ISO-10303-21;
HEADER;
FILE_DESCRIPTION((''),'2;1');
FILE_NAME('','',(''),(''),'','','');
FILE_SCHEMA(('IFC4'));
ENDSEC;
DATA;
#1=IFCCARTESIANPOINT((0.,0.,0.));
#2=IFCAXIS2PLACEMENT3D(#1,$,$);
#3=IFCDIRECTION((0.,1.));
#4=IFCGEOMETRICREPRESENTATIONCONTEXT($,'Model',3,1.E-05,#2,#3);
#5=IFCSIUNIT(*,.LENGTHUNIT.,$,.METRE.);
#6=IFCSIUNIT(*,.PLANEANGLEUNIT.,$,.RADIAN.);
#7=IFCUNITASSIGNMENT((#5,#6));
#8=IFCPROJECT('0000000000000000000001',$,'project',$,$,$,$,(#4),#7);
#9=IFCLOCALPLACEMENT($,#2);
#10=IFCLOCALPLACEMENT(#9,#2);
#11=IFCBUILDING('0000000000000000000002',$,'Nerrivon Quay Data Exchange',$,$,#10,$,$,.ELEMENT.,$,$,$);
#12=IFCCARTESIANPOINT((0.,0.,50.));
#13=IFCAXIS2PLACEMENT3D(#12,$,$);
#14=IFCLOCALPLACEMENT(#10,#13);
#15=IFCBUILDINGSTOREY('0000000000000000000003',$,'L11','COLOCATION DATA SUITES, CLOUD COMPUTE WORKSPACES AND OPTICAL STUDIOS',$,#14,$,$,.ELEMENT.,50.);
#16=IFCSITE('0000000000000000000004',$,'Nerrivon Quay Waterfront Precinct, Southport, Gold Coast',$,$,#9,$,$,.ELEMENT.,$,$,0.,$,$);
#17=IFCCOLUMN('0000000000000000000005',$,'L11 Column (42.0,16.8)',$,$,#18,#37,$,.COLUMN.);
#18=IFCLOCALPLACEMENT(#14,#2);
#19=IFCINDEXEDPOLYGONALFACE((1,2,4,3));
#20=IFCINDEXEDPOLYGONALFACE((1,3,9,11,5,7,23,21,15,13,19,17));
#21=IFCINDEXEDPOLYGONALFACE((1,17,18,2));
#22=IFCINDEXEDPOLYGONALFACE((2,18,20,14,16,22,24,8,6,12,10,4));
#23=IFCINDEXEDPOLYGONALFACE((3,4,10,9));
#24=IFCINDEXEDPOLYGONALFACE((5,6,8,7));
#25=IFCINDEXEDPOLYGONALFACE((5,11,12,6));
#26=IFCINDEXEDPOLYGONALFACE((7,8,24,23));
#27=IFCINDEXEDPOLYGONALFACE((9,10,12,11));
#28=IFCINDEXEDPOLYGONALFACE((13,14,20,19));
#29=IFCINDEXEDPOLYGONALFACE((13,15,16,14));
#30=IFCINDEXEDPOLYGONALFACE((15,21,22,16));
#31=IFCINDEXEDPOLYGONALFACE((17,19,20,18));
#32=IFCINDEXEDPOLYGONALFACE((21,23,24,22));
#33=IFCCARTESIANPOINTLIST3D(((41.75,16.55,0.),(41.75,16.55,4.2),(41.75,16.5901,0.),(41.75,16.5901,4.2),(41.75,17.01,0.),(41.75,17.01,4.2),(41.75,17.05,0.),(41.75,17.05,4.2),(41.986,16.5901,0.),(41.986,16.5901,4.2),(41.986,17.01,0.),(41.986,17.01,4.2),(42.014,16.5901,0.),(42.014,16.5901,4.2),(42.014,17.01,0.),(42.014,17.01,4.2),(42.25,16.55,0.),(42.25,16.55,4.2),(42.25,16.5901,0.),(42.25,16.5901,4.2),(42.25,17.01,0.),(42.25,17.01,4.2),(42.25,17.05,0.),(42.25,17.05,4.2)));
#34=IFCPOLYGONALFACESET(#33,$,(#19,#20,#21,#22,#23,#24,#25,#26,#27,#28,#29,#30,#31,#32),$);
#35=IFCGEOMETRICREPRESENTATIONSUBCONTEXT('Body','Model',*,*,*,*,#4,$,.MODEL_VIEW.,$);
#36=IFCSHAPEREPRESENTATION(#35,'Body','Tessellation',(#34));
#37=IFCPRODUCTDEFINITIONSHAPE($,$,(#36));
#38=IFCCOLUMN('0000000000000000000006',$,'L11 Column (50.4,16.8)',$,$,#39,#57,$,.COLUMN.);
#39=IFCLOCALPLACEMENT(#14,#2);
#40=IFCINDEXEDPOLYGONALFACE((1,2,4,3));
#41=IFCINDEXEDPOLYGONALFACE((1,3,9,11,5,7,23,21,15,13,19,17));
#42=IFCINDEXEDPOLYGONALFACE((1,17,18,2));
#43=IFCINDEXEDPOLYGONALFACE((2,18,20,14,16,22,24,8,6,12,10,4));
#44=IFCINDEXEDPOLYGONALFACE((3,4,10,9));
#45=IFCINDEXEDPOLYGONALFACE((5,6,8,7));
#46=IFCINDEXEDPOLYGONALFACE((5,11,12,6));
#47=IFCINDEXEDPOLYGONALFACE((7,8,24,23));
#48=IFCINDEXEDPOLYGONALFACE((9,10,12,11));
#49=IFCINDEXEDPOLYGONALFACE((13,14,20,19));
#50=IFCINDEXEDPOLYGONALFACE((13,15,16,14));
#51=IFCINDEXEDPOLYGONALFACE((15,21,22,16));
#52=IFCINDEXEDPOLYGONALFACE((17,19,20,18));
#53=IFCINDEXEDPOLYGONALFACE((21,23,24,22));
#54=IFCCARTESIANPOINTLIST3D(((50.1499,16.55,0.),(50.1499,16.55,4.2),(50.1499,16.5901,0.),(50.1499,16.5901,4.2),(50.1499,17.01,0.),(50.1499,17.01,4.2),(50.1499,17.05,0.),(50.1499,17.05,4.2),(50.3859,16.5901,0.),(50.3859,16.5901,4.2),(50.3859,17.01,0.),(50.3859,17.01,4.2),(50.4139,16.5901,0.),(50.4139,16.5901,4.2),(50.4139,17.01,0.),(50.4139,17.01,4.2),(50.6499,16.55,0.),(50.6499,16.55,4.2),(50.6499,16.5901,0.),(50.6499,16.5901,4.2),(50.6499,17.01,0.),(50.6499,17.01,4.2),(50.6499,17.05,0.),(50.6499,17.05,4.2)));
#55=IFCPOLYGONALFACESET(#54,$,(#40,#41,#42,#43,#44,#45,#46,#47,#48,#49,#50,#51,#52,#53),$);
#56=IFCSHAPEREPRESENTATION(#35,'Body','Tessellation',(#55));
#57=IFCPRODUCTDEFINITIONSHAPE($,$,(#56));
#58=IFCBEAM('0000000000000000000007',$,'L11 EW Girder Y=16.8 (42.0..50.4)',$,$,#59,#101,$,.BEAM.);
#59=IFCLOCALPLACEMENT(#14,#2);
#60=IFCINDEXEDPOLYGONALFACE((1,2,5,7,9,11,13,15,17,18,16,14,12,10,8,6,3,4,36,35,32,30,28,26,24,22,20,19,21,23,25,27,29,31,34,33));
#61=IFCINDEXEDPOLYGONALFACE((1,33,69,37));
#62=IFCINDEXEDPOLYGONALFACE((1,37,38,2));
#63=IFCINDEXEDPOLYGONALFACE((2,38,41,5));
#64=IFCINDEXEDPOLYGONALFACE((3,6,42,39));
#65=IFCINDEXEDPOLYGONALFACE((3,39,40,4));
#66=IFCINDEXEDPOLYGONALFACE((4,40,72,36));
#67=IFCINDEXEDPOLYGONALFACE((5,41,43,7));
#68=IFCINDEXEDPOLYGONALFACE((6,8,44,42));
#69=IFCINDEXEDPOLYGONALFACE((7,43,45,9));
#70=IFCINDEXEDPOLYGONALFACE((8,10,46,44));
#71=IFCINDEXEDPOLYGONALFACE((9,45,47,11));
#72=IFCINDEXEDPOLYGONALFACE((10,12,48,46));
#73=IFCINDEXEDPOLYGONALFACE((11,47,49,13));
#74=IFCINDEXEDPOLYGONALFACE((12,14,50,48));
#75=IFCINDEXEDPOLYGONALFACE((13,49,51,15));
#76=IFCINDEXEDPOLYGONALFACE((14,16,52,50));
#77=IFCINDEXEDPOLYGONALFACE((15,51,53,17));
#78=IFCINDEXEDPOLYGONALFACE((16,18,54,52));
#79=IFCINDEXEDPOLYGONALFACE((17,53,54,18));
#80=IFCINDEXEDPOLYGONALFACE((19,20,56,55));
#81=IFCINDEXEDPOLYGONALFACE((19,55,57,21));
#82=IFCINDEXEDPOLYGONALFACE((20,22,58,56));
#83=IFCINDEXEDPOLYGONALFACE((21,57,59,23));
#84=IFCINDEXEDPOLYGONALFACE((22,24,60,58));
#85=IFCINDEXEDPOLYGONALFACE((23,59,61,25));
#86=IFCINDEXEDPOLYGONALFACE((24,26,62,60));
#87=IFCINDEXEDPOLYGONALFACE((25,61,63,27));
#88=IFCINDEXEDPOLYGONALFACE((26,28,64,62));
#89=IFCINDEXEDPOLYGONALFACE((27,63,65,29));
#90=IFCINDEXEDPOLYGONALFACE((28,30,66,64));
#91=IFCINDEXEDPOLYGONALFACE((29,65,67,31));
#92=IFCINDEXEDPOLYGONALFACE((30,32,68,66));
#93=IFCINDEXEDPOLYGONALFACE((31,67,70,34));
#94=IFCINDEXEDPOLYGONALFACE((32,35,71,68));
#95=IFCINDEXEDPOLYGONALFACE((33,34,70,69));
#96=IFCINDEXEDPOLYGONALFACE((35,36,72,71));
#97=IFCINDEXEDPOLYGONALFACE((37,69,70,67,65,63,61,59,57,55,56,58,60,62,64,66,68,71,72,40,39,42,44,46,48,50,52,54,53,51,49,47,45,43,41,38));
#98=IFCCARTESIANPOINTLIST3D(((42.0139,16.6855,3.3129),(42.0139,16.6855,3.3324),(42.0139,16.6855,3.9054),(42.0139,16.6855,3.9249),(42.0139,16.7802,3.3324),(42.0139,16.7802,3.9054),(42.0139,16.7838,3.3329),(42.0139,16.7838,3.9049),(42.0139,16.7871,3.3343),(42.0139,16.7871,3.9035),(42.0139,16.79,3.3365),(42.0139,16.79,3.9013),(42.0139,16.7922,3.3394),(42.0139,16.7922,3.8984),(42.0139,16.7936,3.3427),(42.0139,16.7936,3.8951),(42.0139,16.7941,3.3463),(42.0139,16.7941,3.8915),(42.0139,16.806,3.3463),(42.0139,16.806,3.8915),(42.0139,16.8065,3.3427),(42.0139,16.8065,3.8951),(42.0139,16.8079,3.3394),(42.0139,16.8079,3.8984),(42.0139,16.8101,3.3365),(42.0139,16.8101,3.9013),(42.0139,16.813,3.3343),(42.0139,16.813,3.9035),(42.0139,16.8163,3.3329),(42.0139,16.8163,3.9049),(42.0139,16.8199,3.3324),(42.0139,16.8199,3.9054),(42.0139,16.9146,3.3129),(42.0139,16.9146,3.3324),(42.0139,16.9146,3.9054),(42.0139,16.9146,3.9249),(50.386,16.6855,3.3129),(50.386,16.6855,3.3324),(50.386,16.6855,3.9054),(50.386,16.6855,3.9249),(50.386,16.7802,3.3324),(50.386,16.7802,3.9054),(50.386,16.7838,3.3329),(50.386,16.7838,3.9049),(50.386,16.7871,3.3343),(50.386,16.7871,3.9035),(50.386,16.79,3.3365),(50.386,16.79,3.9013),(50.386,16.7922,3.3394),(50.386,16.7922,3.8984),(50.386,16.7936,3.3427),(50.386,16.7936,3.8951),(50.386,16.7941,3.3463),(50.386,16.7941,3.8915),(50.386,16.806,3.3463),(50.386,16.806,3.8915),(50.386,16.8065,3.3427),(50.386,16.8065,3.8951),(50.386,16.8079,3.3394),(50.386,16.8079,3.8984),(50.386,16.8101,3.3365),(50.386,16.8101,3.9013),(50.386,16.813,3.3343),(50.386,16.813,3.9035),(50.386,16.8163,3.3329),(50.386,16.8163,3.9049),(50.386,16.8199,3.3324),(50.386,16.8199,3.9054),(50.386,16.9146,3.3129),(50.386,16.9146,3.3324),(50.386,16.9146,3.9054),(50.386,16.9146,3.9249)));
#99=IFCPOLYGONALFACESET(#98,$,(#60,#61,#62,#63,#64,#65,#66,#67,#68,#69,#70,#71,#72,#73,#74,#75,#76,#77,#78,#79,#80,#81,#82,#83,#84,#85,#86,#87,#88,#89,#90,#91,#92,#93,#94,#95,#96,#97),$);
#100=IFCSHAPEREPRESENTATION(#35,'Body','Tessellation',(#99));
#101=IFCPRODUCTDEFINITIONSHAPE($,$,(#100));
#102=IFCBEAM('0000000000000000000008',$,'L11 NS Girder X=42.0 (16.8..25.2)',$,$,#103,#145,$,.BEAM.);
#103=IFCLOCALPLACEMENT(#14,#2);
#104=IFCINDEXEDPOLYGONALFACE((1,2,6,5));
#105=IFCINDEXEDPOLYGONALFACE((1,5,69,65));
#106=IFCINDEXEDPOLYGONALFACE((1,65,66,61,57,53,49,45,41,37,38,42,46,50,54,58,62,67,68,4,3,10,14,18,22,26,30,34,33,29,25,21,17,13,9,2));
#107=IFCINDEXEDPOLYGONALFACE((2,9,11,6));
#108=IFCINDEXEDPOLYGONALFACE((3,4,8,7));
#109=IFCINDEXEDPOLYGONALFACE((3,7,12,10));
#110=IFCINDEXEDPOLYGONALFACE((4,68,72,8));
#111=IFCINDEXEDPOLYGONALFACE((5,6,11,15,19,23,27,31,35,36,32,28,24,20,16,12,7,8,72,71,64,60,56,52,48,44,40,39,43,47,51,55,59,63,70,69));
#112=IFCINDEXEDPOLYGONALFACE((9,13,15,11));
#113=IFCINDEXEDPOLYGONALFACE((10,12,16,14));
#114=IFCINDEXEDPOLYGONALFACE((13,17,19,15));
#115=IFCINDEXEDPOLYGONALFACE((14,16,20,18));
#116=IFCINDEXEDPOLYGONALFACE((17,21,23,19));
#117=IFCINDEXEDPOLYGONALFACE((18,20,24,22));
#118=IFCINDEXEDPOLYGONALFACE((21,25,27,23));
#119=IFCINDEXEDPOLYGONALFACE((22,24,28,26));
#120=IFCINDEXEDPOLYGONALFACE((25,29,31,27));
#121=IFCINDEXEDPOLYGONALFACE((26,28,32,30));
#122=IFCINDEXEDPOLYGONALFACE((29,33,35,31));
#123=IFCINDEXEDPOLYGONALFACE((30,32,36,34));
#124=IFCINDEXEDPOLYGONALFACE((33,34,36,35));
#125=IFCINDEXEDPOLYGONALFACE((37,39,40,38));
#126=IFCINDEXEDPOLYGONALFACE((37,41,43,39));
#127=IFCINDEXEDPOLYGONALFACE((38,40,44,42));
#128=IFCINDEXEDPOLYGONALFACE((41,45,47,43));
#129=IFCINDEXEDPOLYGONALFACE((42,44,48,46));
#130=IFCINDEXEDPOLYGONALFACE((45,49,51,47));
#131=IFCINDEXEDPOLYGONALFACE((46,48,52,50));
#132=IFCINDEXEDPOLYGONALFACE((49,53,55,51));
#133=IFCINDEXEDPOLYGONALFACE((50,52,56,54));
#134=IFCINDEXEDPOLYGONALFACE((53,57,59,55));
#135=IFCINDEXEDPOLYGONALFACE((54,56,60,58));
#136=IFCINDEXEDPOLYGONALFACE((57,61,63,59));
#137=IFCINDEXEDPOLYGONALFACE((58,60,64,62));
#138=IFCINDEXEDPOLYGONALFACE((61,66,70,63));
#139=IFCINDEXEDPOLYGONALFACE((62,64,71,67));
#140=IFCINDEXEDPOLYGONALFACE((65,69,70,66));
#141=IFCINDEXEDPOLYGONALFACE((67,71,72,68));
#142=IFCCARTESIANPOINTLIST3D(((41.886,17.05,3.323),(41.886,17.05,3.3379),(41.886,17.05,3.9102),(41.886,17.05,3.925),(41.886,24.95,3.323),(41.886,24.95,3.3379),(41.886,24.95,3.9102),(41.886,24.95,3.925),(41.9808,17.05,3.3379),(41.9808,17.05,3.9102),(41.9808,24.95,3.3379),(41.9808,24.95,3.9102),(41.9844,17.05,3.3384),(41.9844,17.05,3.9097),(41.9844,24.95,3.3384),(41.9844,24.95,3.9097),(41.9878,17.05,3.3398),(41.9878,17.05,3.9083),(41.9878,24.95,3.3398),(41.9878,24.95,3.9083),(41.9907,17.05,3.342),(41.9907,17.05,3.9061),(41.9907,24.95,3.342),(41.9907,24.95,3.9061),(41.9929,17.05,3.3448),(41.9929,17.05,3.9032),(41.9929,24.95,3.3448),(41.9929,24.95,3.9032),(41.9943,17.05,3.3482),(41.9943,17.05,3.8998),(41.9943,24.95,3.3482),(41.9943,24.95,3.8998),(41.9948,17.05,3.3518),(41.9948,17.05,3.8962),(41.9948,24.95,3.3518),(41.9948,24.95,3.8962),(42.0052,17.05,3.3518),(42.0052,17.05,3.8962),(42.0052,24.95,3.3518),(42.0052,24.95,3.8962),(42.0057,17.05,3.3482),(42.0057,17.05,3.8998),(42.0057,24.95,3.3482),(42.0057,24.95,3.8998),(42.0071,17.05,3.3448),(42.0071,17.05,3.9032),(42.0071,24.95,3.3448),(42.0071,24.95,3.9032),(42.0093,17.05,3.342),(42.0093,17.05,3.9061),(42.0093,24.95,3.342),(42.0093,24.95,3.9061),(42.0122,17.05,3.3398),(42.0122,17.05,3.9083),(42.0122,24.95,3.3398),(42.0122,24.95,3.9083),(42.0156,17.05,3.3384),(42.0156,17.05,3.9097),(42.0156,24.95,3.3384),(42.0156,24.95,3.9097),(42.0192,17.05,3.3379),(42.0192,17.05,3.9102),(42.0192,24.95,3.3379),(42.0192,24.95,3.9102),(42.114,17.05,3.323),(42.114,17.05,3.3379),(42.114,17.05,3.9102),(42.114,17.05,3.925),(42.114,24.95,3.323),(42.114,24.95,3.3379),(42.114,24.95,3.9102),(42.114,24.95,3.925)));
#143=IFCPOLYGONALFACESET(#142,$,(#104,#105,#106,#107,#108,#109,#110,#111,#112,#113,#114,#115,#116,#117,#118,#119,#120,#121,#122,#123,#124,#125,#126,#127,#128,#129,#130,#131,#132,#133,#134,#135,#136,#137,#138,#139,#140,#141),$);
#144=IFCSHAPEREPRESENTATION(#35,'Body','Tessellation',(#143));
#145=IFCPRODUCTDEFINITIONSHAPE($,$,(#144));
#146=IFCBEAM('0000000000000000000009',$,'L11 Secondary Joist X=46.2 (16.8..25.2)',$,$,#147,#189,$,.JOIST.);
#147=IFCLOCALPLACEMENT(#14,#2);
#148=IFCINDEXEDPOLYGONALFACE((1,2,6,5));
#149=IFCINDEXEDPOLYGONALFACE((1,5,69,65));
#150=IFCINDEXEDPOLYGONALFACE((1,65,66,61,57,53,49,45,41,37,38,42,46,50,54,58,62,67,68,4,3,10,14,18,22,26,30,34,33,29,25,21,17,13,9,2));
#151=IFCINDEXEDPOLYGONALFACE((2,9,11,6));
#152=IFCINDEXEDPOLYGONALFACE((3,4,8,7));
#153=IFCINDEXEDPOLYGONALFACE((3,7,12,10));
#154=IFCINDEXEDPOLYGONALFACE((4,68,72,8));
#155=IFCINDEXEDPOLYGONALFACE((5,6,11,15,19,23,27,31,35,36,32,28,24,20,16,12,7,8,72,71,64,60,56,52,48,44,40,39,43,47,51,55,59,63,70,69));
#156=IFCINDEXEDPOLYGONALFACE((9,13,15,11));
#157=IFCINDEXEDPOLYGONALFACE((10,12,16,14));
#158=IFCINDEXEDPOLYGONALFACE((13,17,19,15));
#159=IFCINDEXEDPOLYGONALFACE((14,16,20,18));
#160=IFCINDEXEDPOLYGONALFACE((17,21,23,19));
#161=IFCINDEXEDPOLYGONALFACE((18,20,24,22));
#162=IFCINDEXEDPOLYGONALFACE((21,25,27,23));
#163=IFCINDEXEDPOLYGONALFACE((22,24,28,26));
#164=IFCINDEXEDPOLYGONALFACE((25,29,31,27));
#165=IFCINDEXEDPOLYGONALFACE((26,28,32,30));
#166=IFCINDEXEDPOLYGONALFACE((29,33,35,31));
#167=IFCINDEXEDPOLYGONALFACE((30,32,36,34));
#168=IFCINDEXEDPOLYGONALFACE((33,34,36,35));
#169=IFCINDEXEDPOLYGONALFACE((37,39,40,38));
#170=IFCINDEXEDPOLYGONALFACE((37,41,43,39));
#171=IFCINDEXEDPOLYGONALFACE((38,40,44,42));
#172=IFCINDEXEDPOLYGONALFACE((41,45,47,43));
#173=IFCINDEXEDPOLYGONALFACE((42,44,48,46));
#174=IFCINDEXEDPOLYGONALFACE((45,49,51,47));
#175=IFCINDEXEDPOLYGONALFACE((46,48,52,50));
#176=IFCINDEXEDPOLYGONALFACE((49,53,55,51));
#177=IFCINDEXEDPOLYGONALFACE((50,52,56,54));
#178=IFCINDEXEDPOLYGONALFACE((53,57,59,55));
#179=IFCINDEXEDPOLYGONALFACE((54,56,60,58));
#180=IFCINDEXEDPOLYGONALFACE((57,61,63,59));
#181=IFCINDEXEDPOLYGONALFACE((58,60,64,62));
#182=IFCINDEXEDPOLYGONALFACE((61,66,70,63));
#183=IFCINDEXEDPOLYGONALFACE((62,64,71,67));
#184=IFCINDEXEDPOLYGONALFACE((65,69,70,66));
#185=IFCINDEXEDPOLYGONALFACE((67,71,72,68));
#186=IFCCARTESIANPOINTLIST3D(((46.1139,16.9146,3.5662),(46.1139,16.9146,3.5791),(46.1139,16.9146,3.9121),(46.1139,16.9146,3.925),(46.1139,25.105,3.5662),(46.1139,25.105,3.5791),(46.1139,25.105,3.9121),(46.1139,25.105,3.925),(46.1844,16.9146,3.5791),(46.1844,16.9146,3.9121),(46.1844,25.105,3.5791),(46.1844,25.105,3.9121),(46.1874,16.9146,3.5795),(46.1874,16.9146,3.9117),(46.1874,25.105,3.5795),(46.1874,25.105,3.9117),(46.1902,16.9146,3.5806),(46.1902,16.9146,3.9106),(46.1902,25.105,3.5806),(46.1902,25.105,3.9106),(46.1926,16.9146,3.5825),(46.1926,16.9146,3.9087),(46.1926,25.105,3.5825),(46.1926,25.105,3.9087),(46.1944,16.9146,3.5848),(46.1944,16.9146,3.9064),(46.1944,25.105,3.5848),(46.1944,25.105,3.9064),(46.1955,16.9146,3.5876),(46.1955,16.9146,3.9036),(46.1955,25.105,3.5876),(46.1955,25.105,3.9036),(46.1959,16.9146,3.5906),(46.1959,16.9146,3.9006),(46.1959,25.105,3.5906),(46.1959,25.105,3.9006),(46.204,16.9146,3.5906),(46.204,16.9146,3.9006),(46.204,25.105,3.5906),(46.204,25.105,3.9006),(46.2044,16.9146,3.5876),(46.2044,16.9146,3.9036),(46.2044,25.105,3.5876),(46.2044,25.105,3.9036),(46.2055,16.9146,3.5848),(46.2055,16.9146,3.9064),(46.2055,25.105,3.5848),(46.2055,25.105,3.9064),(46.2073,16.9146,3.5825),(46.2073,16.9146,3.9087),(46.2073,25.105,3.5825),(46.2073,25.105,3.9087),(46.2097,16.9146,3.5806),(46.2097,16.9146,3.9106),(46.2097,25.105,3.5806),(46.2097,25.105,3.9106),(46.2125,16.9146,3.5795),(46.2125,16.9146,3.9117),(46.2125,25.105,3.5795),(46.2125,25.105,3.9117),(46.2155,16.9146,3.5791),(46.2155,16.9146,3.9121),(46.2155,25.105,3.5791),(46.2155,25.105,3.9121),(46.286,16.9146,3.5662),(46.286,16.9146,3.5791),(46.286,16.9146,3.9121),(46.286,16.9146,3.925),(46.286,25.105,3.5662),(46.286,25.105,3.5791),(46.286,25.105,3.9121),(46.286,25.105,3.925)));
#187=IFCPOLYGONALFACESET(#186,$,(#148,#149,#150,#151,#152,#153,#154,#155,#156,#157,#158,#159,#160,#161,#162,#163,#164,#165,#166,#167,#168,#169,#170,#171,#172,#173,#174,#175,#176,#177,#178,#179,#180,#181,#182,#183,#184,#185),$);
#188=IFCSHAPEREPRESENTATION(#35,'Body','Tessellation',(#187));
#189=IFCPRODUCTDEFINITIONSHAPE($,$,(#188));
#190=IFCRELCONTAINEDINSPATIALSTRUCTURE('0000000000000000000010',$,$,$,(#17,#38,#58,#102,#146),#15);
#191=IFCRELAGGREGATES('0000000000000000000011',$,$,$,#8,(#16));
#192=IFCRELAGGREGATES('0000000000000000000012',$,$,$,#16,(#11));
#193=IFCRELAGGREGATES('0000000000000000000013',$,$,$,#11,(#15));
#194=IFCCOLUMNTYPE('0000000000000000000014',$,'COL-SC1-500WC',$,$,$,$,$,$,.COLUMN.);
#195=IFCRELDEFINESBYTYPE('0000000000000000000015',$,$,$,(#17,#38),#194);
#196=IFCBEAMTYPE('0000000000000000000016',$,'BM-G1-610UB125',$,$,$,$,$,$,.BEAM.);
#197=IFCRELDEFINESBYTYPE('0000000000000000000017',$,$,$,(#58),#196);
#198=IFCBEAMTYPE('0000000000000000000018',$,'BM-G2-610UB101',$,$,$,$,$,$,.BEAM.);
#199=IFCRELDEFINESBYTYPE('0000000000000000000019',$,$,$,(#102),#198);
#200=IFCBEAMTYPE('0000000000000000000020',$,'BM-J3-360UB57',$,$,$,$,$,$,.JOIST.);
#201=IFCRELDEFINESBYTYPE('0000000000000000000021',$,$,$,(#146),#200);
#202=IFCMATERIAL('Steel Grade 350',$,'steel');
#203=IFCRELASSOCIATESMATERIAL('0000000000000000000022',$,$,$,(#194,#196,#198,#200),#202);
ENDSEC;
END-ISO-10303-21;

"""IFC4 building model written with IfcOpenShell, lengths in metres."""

from ifc_helpers import new_model, si_unit, direction, frame, origin, origin_2d, place, context, subcontext, project, spatial, i_section, extrude, material, material_profile, profile_set, type_object, element, save


model = new_model("IFC4")

# Units and contexts
model_context = context("Model", 3, precision=1e-05, world=origin(), true_north=direction((0.0, 1.0)))
body_context = subcontext(model_context, "Body", "Model", "MODEL_VIEW")
ifc_project = project(units=[si_unit("LENGTHUNIT", "METRE"), si_unit("PLANEANGLEUNIT", "RADIAN")], contexts=[model_context])

# Site, building, storey
site_placement = place(None, origin())
site = spatial("IfcSite", under=ifc_project, at=site_placement, Name="Nerrivon Quay Waterfront Precinct, Southport, Gold Coast", CompositionType="ELEMENT", RefElevation=0.0)
building_placement = place(site_placement, origin())
building = spatial("IfcBuilding", under=site, at=building_placement, Name="Nerrivon Quay Data Exchange", CompositionType="ELEMENT")
storey_placement = place(building_placement, frame((0.0, 0.0, 50.0)))
storey = spatial("IfcBuildingStorey", under=building, at=storey_placement, Name="L11", Description="COLOCATION DATA SUITES, CLOUD COMPUTE WORKSPACES AND OPTICAL STUDIOS", CompositionType="ELEMENT", Elevation=50.0)

# Columns
ifc_material_1 = material(Name="Steel Grade 350", Category="steel")
ifc_material_profile_1 = material_profile(ifc_material_1, i_section(OverallWidth=0.5, OverallDepth=0.5, WebThickness=0.0281, FlangeThickness=0.04, at=origin_2d()), Name="500WC440")
ifc_profile_set_1 = profile_set([ifc_material_profile_1], Name="Steel Grade 350")
column_type = type_object("IfcColumnType", Name="COL-SC1-500WC", PredefinedType="COLUMN", material=ifc_profile_set_1)
for number, where, z_axis, x_axis, name in (
    (1, (42.0, 16.8, 0.0), (0.0, 0.0, 1.0), (1.0, 0.0, 0.0), "L11 Column (42.0,16.8)"),
    (2, (50.3999, 16.8, 0.0), (0.0, 0.0, 1.0), (1.0, 0.0, 0.0), "L11 Column (50.4,16.8)"),
):
    element("IfcColumn", number, at=place(storey_placement, frame(where, z_axis=z_axis, x_axis=x_axis)), inside=storey, type_object=column_type, Name=name, PredefinedType="COLUMN", context=body_context, shape_type="SweptSolid", body=[
        extrude(i_section(OverallWidth=0.5, OverallDepth=0.5, WebThickness=0.0281, FlangeThickness=0.04, at=origin_2d()), origin(), (0.0, 0.0, 1.0), 4.2),
    ])

# Beams
ifc_material_profile_2 = material_profile(ifc_material_1, i_section(OverallWidth=0.229, OverallDepth=0.6121, WebThickness=0.012, FlangeThickness=0.0195, FilletRadius=0.0139, at=origin_2d()), Name="610UB125")
ifc_profile_set_2 = profile_set([ifc_material_profile_2], Name="Steel Grade 350")
beam_type_1 = type_object("IfcBeamType", Name="BM-G1-610UB125", PredefinedType="BEAM", material=ifc_profile_set_2)
beam_1_placement = place(storey_placement, frame((42.0139, 16.8, 3.6189), z_axis=(1.0, 0.0, 0.0), x_axis=(0.0, 1.0, 0.0)))
element("IfcBeam", 3, at=beam_1_placement, inside=storey, type_object=beam_type_1, Name="L11 EW Girder Y=16.8 (42.0..50.4)", PredefinedType="BEAM", context=body_context, shape_type="SweptSolid", body=[
    extrude(i_section(OverallWidth=0.229, OverallDepth=0.6121, WebThickness=0.012, FlangeThickness=0.0195, FilletRadius=0.0139, at=origin_2d()), origin(), (0.0, 0.0, 1.0), 8.3721),
])
ifc_material_profile_3 = material_profile(ifc_material_1, i_section(OverallWidth=0.228, OverallDepth=0.6021, WebThickness=0.0105, FlangeThickness=0.0149, FilletRadius=0.0139, at=origin_2d()), Name="610UB101")
ifc_profile_set_3 = profile_set([ifc_material_profile_3], Name="Steel Grade 350")
beam_type_2 = type_object("IfcBeamType", Name="BM-G2-610UB101", PredefinedType="BEAM", material=ifc_profile_set_3)
beam_2_placement = place(storey_placement, frame((42.0, 17.05, 3.624), z_axis=(0.0, 1.0, 0.0), x_axis=(-1.0, 0.0, 0.0)))
element("IfcBeam", 4, at=beam_2_placement, inside=storey, type_object=beam_type_2, Name="L11 NS Girder X=42.0 (16.8..25.2)", PredefinedType="BEAM", context=body_context, shape_type="SweptSolid", body=[
    extrude(i_section(OverallWidth=0.228, OverallDepth=0.6021, WebThickness=0.0105, FlangeThickness=0.0149, FilletRadius=0.0139, at=origin_2d()), origin(), (0.0, 0.0, 1.0), 7.8999),
])
ifc_material_profile_4 = material_profile(ifc_material_1, i_section(OverallWidth=0.1721, OverallDepth=0.3589, WebThickness=0.0081, FlangeThickness=0.0129, FilletRadius=0.0115, at=origin_2d()), Name="360UB56.7")
ifc_profile_set_4 = profile_set([ifc_material_profile_4], Name="Steel Grade 350")
beam_type_3 = type_object("IfcBeamType", Name="BM-J3-360UB57", PredefinedType="JOIST", material=ifc_profile_set_4)
beam_3_placement = place(storey_placement, frame((46.2, 16.9146, 3.7456), z_axis=(0.0, 1.0, 0.0), x_axis=(-1.0, 0.0, 0.0)))
element("IfcBeam", 5, at=beam_3_placement, inside=storey, type_object=beam_type_3, Name="L11 Secondary Joist X=46.2 (16.8..25.2)", PredefinedType="JOIST", context=body_context, shape_type="SweptSolid", body=[
    extrude(i_section(OverallWidth=0.1721, OverallDepth=0.3589, WebThickness=0.0081, FlangeThickness=0.0129, FilletRadius=0.0115, at=origin_2d()), origin(), (0.0, 0.0, 1.0), 8.1904),
])

save(model, "model.ifc")
